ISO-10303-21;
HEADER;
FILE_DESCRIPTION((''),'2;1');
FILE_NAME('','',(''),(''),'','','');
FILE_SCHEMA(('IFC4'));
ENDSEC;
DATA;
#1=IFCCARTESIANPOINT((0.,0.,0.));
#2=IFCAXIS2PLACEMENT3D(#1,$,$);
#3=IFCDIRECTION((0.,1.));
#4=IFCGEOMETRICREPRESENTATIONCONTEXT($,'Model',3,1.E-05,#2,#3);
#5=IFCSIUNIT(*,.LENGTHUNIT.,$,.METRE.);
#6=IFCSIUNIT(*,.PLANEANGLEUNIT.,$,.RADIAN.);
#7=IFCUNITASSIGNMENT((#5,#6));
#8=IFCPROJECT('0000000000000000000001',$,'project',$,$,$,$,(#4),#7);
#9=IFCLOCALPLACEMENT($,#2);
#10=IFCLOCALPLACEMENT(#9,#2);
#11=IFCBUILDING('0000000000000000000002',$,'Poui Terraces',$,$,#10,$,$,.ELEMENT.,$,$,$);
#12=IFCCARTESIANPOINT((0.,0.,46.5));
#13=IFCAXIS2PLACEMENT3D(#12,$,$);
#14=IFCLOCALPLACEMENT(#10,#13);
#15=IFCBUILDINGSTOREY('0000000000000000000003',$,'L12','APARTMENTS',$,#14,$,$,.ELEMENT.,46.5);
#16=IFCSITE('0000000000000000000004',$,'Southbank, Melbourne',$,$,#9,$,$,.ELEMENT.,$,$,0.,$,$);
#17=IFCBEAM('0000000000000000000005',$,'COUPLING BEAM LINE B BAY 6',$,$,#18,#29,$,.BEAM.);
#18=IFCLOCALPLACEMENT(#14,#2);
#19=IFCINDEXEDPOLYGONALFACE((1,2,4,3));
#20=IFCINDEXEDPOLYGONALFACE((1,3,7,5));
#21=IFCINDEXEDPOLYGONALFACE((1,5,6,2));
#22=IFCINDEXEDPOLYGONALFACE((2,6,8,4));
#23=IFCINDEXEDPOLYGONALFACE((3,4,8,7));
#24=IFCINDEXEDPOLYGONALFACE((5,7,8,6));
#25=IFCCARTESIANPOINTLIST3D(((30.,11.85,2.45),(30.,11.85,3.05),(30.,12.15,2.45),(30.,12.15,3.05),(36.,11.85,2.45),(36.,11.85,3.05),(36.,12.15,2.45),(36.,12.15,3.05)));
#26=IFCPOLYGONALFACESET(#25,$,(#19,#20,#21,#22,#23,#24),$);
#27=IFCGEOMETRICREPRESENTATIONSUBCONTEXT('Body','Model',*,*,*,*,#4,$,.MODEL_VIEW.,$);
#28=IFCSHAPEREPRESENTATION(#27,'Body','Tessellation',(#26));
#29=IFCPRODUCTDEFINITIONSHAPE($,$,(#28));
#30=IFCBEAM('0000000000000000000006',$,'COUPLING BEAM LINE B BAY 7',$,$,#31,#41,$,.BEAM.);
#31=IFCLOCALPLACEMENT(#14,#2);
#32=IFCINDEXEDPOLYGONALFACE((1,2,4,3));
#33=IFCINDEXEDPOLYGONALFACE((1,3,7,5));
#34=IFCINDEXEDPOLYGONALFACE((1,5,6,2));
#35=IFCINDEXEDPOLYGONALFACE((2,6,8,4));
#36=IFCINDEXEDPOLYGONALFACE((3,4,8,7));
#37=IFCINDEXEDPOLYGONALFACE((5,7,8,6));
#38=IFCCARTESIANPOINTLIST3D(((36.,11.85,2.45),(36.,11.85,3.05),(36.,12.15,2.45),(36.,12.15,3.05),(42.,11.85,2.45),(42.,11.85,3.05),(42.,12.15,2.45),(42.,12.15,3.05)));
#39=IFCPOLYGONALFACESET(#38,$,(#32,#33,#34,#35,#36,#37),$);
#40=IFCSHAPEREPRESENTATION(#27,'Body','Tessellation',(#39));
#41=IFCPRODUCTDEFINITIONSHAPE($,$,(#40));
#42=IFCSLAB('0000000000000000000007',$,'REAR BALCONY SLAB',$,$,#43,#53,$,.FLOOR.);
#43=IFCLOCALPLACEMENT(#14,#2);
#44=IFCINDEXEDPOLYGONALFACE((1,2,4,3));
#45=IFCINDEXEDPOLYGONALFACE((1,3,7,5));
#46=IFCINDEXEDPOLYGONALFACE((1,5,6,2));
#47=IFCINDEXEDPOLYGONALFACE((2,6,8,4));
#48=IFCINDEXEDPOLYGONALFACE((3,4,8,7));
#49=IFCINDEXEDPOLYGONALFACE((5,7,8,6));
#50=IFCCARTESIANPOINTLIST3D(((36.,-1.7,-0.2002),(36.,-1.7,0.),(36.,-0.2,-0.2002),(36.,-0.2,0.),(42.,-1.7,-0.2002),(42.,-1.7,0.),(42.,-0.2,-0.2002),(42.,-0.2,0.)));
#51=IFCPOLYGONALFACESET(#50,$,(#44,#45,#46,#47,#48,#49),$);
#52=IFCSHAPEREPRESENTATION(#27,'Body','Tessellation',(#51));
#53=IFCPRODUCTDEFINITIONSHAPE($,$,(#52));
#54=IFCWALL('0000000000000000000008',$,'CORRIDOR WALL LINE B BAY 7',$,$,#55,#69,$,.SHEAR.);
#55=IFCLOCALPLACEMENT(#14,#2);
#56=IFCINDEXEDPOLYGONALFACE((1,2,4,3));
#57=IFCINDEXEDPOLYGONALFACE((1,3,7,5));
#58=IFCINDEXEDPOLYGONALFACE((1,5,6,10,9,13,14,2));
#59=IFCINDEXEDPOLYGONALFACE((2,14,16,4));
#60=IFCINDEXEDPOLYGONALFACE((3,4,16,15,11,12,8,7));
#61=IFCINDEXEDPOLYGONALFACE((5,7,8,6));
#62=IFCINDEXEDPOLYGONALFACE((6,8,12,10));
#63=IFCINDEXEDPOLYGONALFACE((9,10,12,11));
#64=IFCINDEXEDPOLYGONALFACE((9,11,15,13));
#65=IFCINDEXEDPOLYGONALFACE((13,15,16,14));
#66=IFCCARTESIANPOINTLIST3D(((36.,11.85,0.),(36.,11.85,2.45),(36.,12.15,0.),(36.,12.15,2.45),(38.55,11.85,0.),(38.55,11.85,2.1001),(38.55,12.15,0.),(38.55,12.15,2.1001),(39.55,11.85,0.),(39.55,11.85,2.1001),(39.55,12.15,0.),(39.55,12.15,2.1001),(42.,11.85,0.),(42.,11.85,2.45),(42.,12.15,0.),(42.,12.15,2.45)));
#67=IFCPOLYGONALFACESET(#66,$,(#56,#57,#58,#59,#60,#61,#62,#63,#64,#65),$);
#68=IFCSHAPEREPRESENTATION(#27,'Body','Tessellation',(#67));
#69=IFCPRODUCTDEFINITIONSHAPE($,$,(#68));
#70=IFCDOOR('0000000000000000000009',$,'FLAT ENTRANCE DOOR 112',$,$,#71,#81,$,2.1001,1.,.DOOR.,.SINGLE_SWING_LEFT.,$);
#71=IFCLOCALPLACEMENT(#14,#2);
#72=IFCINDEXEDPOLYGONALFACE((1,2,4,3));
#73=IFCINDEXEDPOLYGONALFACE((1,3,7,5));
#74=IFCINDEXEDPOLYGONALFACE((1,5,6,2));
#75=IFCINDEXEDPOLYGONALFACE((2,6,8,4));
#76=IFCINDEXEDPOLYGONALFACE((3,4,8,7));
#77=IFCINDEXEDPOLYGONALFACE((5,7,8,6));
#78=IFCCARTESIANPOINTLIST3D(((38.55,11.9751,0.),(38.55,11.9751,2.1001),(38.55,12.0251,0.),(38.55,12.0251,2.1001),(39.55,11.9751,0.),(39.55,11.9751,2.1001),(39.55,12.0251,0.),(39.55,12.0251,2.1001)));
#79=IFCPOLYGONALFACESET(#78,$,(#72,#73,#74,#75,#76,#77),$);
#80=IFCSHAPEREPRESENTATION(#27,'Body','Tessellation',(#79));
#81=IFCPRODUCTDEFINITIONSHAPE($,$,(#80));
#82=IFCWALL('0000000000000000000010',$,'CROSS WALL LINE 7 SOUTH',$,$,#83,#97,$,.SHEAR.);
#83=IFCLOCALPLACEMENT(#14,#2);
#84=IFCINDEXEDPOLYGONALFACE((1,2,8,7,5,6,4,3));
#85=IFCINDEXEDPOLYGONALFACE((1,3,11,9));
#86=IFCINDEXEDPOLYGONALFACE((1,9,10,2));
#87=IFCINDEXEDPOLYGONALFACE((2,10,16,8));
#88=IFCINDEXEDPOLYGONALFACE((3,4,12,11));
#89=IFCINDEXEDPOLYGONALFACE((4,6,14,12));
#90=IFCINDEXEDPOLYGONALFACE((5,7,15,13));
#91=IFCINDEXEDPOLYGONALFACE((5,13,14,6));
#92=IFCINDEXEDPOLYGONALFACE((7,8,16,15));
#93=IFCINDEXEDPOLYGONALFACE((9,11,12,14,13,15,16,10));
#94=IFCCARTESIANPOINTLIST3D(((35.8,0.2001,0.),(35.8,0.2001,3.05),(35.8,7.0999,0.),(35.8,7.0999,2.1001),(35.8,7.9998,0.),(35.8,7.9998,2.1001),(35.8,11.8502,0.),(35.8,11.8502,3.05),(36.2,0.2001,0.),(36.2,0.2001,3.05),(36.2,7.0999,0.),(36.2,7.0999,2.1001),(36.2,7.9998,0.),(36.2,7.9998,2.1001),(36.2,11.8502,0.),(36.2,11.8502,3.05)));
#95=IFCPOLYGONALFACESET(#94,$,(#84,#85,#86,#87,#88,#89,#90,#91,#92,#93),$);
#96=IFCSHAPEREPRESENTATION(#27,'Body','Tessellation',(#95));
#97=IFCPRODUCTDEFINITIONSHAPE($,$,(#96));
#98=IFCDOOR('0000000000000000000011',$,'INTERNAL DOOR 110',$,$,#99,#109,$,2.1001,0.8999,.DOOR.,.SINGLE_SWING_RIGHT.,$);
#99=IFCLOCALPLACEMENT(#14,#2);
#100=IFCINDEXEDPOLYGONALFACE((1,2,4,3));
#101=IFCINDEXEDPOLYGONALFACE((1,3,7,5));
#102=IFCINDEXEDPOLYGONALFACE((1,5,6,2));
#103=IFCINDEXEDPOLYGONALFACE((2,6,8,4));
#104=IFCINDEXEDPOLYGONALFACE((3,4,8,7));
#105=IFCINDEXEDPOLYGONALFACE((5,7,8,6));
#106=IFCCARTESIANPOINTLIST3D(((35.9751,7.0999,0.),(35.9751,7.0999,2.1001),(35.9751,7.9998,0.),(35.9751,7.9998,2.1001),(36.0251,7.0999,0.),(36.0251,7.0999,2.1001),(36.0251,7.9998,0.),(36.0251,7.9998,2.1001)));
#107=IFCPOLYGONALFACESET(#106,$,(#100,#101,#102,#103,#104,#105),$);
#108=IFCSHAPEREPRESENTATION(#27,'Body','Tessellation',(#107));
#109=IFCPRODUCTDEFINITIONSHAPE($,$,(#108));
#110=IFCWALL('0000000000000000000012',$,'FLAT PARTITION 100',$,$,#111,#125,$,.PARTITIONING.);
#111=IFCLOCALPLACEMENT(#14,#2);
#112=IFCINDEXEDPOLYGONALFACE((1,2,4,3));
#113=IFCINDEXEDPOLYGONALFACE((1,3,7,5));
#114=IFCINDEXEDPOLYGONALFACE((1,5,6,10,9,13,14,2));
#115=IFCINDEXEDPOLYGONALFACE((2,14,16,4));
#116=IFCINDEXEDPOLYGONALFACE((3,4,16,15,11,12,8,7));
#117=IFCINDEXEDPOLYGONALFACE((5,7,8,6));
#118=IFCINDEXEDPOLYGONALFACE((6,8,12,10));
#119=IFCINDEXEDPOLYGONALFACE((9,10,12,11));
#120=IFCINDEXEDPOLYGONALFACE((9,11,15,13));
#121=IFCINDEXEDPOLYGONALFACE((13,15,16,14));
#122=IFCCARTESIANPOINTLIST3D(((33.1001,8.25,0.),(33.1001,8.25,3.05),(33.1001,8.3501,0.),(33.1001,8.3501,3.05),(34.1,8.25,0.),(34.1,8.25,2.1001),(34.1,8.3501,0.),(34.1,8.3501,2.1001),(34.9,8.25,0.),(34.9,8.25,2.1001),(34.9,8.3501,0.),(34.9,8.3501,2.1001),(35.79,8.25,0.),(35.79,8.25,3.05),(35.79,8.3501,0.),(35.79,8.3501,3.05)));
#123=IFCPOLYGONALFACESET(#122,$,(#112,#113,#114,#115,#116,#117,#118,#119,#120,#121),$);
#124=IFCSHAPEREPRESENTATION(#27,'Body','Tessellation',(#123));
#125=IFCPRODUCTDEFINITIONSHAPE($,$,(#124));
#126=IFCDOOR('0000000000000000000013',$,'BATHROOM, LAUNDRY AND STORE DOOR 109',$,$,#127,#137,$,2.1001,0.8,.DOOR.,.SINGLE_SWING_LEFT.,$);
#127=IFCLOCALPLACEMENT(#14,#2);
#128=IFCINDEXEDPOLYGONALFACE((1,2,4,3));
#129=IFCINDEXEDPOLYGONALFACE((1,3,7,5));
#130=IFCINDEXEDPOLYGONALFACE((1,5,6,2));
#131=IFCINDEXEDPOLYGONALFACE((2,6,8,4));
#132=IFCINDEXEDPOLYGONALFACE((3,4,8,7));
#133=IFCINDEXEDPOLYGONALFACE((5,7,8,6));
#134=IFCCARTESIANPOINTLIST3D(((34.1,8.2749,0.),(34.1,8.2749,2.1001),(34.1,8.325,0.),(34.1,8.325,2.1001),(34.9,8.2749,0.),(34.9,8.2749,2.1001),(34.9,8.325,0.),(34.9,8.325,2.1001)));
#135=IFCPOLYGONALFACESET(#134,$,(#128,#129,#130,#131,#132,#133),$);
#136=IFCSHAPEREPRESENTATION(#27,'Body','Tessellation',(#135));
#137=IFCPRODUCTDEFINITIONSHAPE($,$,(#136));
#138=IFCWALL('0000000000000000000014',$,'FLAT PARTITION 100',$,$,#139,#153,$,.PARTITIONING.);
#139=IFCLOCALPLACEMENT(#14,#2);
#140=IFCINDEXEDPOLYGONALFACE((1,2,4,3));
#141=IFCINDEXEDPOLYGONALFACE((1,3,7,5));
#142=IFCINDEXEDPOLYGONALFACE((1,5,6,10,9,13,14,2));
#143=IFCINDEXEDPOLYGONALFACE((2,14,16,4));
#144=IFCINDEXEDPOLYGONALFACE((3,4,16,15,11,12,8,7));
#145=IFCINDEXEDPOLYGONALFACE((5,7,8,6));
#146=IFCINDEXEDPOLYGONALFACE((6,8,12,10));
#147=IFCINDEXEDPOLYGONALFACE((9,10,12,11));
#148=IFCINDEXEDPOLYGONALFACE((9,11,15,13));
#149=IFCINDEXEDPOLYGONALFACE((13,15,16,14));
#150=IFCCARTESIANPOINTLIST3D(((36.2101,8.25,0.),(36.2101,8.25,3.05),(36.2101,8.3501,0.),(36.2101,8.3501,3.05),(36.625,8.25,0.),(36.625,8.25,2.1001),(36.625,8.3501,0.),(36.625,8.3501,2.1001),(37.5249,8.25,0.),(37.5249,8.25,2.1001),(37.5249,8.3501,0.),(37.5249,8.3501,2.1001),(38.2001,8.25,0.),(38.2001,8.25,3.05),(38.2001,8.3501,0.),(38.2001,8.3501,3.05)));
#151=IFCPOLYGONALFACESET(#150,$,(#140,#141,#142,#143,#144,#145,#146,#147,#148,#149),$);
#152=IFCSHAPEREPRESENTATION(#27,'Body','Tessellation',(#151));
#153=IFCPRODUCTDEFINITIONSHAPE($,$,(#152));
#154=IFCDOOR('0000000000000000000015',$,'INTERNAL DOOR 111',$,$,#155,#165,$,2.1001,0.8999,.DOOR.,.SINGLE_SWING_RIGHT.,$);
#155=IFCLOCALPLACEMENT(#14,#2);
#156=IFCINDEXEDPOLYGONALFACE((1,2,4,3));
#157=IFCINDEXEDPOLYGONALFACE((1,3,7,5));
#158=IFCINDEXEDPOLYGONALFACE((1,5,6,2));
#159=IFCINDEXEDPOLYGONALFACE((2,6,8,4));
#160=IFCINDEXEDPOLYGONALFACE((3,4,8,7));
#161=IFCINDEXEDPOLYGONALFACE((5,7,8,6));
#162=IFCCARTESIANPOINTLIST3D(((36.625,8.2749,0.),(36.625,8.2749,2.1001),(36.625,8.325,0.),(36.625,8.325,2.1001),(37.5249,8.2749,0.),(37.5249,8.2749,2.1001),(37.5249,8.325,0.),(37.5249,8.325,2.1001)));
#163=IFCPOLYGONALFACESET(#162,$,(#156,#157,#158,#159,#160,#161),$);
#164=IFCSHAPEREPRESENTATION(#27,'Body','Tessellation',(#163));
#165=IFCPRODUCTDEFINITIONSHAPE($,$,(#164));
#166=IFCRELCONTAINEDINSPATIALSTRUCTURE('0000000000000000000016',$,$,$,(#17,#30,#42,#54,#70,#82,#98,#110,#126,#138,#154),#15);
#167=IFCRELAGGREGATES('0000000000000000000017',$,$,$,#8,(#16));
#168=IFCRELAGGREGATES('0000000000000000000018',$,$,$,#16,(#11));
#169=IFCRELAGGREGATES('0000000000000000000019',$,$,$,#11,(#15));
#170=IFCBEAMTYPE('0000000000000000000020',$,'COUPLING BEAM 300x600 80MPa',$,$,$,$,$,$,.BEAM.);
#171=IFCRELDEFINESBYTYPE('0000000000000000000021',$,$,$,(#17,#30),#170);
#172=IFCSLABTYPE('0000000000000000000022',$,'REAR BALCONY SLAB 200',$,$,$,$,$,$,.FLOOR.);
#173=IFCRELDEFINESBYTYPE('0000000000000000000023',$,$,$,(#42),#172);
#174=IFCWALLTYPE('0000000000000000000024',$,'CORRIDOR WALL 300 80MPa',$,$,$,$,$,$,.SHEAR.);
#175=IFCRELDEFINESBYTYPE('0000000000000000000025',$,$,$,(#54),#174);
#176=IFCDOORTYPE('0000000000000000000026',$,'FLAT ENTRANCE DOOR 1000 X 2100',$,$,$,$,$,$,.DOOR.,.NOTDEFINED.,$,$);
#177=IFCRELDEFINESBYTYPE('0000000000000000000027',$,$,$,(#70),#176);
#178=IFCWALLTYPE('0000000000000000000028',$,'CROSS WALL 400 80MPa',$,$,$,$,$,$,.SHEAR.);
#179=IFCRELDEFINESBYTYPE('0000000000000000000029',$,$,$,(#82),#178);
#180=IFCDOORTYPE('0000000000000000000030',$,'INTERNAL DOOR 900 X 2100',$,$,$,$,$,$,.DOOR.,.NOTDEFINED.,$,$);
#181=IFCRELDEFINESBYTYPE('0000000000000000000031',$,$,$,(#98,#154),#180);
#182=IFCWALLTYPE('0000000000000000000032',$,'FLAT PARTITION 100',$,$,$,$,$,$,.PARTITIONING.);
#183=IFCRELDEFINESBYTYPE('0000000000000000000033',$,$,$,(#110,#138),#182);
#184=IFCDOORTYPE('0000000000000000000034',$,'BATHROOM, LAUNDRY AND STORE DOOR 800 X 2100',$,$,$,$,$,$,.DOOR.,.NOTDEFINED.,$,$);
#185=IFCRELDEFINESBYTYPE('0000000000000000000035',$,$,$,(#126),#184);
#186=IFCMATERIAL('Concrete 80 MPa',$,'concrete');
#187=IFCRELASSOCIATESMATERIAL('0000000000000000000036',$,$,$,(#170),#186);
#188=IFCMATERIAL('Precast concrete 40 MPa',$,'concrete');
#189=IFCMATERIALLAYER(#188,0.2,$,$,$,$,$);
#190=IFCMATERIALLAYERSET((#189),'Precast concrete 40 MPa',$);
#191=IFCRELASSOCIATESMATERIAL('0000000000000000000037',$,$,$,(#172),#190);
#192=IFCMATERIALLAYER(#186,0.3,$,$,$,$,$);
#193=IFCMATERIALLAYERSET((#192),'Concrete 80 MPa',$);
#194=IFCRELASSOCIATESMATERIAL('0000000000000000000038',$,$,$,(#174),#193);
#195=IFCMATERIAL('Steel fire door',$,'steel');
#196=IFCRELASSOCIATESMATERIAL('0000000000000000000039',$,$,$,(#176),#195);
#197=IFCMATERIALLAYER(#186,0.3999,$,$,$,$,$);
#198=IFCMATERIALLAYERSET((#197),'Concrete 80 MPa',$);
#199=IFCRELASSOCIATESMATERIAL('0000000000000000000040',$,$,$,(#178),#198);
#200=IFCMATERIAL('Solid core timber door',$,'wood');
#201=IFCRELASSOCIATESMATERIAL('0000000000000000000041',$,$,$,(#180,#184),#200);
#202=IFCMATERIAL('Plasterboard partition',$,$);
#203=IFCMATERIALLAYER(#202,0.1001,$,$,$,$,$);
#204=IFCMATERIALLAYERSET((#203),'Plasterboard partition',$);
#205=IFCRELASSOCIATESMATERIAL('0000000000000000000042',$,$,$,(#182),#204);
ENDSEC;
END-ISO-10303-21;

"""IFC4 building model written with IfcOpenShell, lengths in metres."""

from ifc_helpers import new_model, si_unit, direction, frame, frame_2d, origin, origin_2d, place, context, subcontext, project, spatial, polyline, rectangle, outline, extrude, source, transform, mapped, material, layer, layer_set, material_profile, profile_set, type_object, element, fill, save


model = new_model("IFC4")

# Units and contexts
model_context = context("Model", 3, precision=1e-05, world=origin(), true_north=direction((0.0, 1.0)))
body_context = subcontext(model_context, "Body", "Model", "MODEL_VIEW")
ifc_project = project(units=[si_unit("LENGTHUNIT", "METRE"), si_unit("PLANEANGLEUNIT", "RADIAN")], contexts=[model_context])

# Site, building, storey
site_placement = place(None, origin())
site = spatial("IfcSite", under=ifc_project, at=site_placement, Name="Southbank, Melbourne", CompositionType="ELEMENT", RefElevation=0.0)
building_placement = place(site_placement, origin())
building = spatial("IfcBuilding", under=site, at=building_placement, Name="Poui Terraces", CompositionType="ELEMENT")
storey_placement = place(building_placement, frame((0.0, 0.0, 46.5)))
storey = spatial("IfcBuildingStorey", under=building, at=storey_placement, Name="L12", Description="APARTMENTS", CompositionType="ELEMENT", Elevation=46.5)

# Beams
ifc_material_1 = material(Name="Concrete 80 MPa", Category="concrete")
ifc_material_profile = material_profile(ifc_material_1, rectangle(XDim=0.3, YDim=0.6001, at=origin_2d()), Name="RC 300x600")
ifc_profile_set = profile_set([ifc_material_profile], Name="Concrete 80 MPa")
beam_type = type_object("IfcBeamType", Name="COUPLING BEAM 300x600 80MPa", PredefinedType="BEAM", material=ifc_profile_set)
shared_shape_1 = source(origin(), body_context, "Body", "SweptSolid", [
    extrude(rectangle(XDim=0.3, YDim=0.6001, at=origin_2d()), origin(), (0.0, 0.0, 1.0), 6.0),
])
for number, where, z_axis, x_axis, name in (
    (1, (30.0, 12.0, 2.75), (1.0, 0.0, 0.0), (0.0, 1.0, 0.0), "COUPLING BEAM LINE B BAY 6"),
    (2, (36.0, 12.0, 2.75), (1.0, 0.0, 0.0), (0.0, 1.0, 0.0), "COUPLING BEAM LINE B BAY 7"),
):
    element("IfcBeam", number, at=place(storey_placement, frame(where, z_axis=z_axis, x_axis=x_axis)), inside=storey, type_object=beam_type, Name=name, PredefinedType="BEAM", context=body_context, shape_type="MappedRepresentation", body=[
        mapped(shared_shape_1, transform((0.0, 0.0, 0.0))),
    ])

# Slab
ifc_material_2 = material(Name="Precast concrete 40 MPa", Category="concrete")
ifc_layer_1 = layer(ifc_material_2, 0.2)
ifc_layer_set_1 = layer_set([ifc_layer_1], Name="Precast concrete 40 MPa")
slab_type = type_object("IfcSlabType", Name="REAR BALCONY SLAB 200", PredefinedType="FLOOR", material=ifc_layer_set_1)
shared_shape_2 = source(origin(), body_context, "Body", "SweptSolid", [
    extrude(outline(polyline([(0.0, 0.0), (6.0, 0.0), (6.0, 1.5), (0.0, 1.5), (0.0, 0.0)])), origin(), (0.0, 0.0, 1.0), 0.2002),
])
slab_placement = place(storey_placement, frame((36.0, -1.7, -0.2002)))
element("IfcSlab", 3, at=slab_placement, inside=storey, type_object=slab_type, Name="REAR BALCONY SLAB", PredefinedType="FLOOR", context=body_context, shape_type="MappedRepresentation", body=[
    mapped(shared_shape_2, transform((0.0, 0.0, 0.0))),
])

# Walls, openings, doors
ifc_layer_2 = layer(ifc_material_1, 0.3)
ifc_layer_set_2 = layer_set([ifc_layer_2], Name="Concrete 80 MPa")
wall_type_1 = type_object("IfcWallType", Name="CORRIDOR WALL 300 80MPa", PredefinedType="SHEAR", material=ifc_layer_set_2)
wall_1_placement = place(storey_placement, frame((36.0, 12.0, 0.0), z_axis=(0.0, 0.0, 1.0), x_axis=(1.0, 0.0, 0.0)))
wall_1 = element("IfcWall", 4, at=wall_1_placement, inside=storey, type_object=wall_type_1, Name="CORRIDOR WALL LINE B BAY 7", PredefinedType="SHEAR", context=body_context, shape_type="SweptSolid", body=[
    extrude(rectangle(XDim=6.0, YDim=0.3, at=frame_2d((3.0, 0.0))), origin(), (0.0, 0.0, 1.0), 2.45),
])
opening_1_placement = place(wall_1_placement, frame((2.55, 0.0, 0.0)))
opening_1 = element("IfcOpeningElement", 5, at=opening_1_placement, cuts=wall_1, PredefinedType="OPENING", context=body_context, shape_type="SweptSolid", body=[
    extrude(rectangle(XDim=1.0, YDim=2.1001, at=frame_2d((0.5, 1.05))), frame((0.0, 0.1602, 0.0), z_axis=(0.0, -1.0, 0.0), x_axis=(1.0, 0.0, 0.0)), (0.0, 0.0, 1.0), 0.3201),
])
ifc_material_3 = material(Name="Steel fire door", Category="steel")
door_type_1 = type_object("IfcDoorType", Name="FLAT ENTRANCE DOOR 1000 X 2100", OperationType="NOTDEFINED", PredefinedType="DOOR", material=ifc_material_3)
door_1_placement = place(opening_1_placement, frame((1.0, 0.0, 0.0), z_axis=(0.0, 0.0, 1.0), x_axis=(-1.0, 0.0, 0.0)))
door_1 = element("IfcDoor", 6, at=door_1_placement, inside=storey, type_object=door_type_1, Name="FLAT ENTRANCE DOOR 112", OperationType="SINGLE_SWING_LEFT", OverallHeight=2.1001, OverallWidth=1.0, PredefinedType="DOOR", context=body_context, shape_type="SweptSolid", body=[
    extrude(rectangle(XDim=1.0, YDim=2.1001, at=frame_2d((0.5, 1.05))), frame((0.0, 0.0249, 0.0), z_axis=(0.0, -1.0, 0.0), x_axis=(1.0, 0.0, 0.0)), (0.0, 0.0, 1.0), 0.05),
])
fill(opening_1, door_1)
ifc_layer_3 = layer(ifc_material_1, 0.3999)
ifc_layer_set_3 = layer_set([ifc_layer_3], Name="Concrete 80 MPa")
wall_type_2 = type_object("IfcWallType", Name="CROSS WALL 400 80MPa", PredefinedType="SHEAR", material=ifc_layer_set_3)
wall_2_placement = place(storey_placement, frame((36.0, 0.2, 0.0), z_axis=(0.0, 0.0, 1.0), x_axis=(0.0, 1.0, 0.0)))
wall_2 = element("IfcWall", 7, at=wall_2_placement, inside=storey, type_object=wall_type_2, Name="CROSS WALL LINE 7 SOUTH", PredefinedType="SHEAR", context=body_context, shape_type="SweptSolid", body=[
    extrude(rectangle(XDim=11.6501, YDim=0.3999, at=frame_2d((5.8252, 0.0))), origin(), (0.0, 0.0, 1.0), 3.05),
])
opening_2_placement = place(wall_2_placement, frame((6.8999, 0.0, 0.0)))
opening_2 = element("IfcOpeningElement", 8, at=opening_2_placement, cuts=wall_2, PredefinedType="OPENING", context=body_context, shape_type="SweptSolid", body=[
    extrude(rectangle(XDim=0.8999, YDim=2.1001, at=frame_2d((0.45, 1.05))), frame((0.0, 0.21, 0.0), z_axis=(0.0, -1.0, 0.0), x_axis=(1.0, 0.0, 0.0)), (0.0, 0.0, 1.0), 0.4199),
])
ifc_material_4 = material(Name="Solid core timber door", Category="wood")
door_type_2 = type_object("IfcDoorType", Name="INTERNAL DOOR 900 X 2100", OperationType="NOTDEFINED", PredefinedType="DOOR", material=ifc_material_4)
door_2_placement = place(opening_2_placement, origin())
door_2 = element("IfcDoor", 9, at=door_2_placement, inside=storey, type_object=door_type_2, Name="INTERNAL DOOR 110", OperationType="SINGLE_SWING_RIGHT", OverallHeight=2.1001, OverallWidth=0.8999, PredefinedType="DOOR", context=body_context, shape_type="SweptSolid", body=[
    extrude(rectangle(XDim=0.8999, YDim=2.1001, at=frame_2d((0.45, 1.05))), frame((0.0, 0.0249, 0.0), z_axis=(0.0, -1.0, 0.0), x_axis=(1.0, 0.0, 0.0)), (0.0, 0.0, 1.0), 0.05),
])
fill(opening_2, door_2)
ifc_material_5 = material(Name="Plasterboard partition")
ifc_layer_4 = layer(ifc_material_5, 0.1001)
ifc_layer_set_4 = layer_set([ifc_layer_4], Name="Plasterboard partition")
wall_type_3 = type_object("IfcWallType", Name="FLAT PARTITION 100", PredefinedType="PARTITIONING", material=ifc_layer_set_4)
wall_3_placement = place(storey_placement, frame((33.1001, 8.3, 0.0), z_axis=(0.0, 0.0, 1.0), x_axis=(1.0, 0.0, 0.0)))
wall_3 = element("IfcWall", 10, at=wall_3_placement, inside=storey, type_object=wall_type_3, Name="FLAT PARTITION 100", PredefinedType="PARTITIONING", context=body_context, shape_type="SweptSolid", body=[
    extrude(rectangle(XDim=2.6899, YDim=0.1001, at=frame_2d((1.345, 0.0))), origin(), (0.0, 0.0, 1.0), 3.05),
])
opening_3_placement = place(wall_3_placement, frame((1.0, 0.0, 0.0)))
opening_3 = element("IfcOpeningElement", 11, at=opening_3_placement, cuts=wall_3, PredefinedType="OPENING", context=body_context, shape_type="SweptSolid", body=[
    extrude(rectangle(XDim=0.8, YDim=2.1001, at=frame_2d((0.3999, 1.05))), frame((0.0, 0.0601, 0.0), z_axis=(0.0, -1.0, 0.0), x_axis=(1.0, 0.0, 0.0)), (0.0, 0.0, 1.0), 0.1201),
])
door_type_3 = type_object("IfcDoorType", Name="BATHROOM, LAUNDRY AND STORE DOOR 800 X 2100", OperationType="NOTDEFINED", PredefinedType="DOOR", material=ifc_material_4)
door_3_placement = place(opening_3_placement, origin())
door_3 = element("IfcDoor", 12, at=door_3_placement, inside=storey, type_object=door_type_3, Name="BATHROOM, LAUNDRY AND STORE DOOR 109", OperationType="SINGLE_SWING_LEFT", OverallHeight=2.1001, OverallWidth=0.8, PredefinedType="DOOR", context=body_context, shape_type="SweptSolid", body=[
    extrude(rectangle(XDim=0.8, YDim=2.1001, at=frame_2d((0.3999, 1.05))), frame((0.0, 0.0249, 0.0), z_axis=(0.0, -1.0, 0.0), x_axis=(1.0, 0.0, 0.0)), (0.0, 0.0, 1.0), 0.05),
])
fill(opening_3, door_3)
wall_4_placement = place(storey_placement, frame((36.21, 8.3, 0.0), z_axis=(0.0, 0.0, 1.0), x_axis=(1.0, 0.0, 0.0)))
wall_4 = element("IfcWall", 13, at=wall_4_placement, inside=storey, type_object=wall_type_3, Name="FLAT PARTITION 100", PredefinedType="PARTITIONING", context=body_context, shape_type="SweptSolid", body=[
    extrude(rectangle(XDim=1.99, YDim=0.1001, at=frame_2d((0.9951, 0.0))), origin(), (0.0, 0.0, 1.0), 3.05),
])
opening_4_placement = place(wall_4_placement, frame((0.415, 0.0, 0.0)))
opening_4 = element("IfcOpeningElement", 14, at=opening_4_placement, cuts=wall_4, PredefinedType="OPENING", context=body_context, shape_type="SweptSolid", body=[
    extrude(rectangle(XDim=0.8999, YDim=2.1001, at=frame_2d((0.45, 1.05))), frame((0.0, 0.0601, 0.0), z_axis=(0.0, -1.0, 0.0), x_axis=(1.0, 0.0, 0.0)), (0.0, 0.0, 1.0), 0.1201),
])
door_4_placement = place(opening_4_placement, origin())
door_4 = element("IfcDoor", 15, at=door_4_placement, inside=storey, type_object=door_type_2, Name="INTERNAL DOOR 111", OperationType="SINGLE_SWING_RIGHT", OverallHeight=2.1001, OverallWidth=0.8999, PredefinedType="DOOR", context=body_context, shape_type="SweptSolid", body=[
    extrude(rectangle(XDim=0.8999, YDim=2.1001, at=frame_2d((0.45, 1.05))), frame((0.0, 0.0249, 0.0), z_axis=(0.0, -1.0, 0.0), x_axis=(1.0, 0.0, 0.0)), (0.0, 0.0, 1.0), 0.05),
])
fill(opening_4, door_4)

save(model, "model.ifc")
